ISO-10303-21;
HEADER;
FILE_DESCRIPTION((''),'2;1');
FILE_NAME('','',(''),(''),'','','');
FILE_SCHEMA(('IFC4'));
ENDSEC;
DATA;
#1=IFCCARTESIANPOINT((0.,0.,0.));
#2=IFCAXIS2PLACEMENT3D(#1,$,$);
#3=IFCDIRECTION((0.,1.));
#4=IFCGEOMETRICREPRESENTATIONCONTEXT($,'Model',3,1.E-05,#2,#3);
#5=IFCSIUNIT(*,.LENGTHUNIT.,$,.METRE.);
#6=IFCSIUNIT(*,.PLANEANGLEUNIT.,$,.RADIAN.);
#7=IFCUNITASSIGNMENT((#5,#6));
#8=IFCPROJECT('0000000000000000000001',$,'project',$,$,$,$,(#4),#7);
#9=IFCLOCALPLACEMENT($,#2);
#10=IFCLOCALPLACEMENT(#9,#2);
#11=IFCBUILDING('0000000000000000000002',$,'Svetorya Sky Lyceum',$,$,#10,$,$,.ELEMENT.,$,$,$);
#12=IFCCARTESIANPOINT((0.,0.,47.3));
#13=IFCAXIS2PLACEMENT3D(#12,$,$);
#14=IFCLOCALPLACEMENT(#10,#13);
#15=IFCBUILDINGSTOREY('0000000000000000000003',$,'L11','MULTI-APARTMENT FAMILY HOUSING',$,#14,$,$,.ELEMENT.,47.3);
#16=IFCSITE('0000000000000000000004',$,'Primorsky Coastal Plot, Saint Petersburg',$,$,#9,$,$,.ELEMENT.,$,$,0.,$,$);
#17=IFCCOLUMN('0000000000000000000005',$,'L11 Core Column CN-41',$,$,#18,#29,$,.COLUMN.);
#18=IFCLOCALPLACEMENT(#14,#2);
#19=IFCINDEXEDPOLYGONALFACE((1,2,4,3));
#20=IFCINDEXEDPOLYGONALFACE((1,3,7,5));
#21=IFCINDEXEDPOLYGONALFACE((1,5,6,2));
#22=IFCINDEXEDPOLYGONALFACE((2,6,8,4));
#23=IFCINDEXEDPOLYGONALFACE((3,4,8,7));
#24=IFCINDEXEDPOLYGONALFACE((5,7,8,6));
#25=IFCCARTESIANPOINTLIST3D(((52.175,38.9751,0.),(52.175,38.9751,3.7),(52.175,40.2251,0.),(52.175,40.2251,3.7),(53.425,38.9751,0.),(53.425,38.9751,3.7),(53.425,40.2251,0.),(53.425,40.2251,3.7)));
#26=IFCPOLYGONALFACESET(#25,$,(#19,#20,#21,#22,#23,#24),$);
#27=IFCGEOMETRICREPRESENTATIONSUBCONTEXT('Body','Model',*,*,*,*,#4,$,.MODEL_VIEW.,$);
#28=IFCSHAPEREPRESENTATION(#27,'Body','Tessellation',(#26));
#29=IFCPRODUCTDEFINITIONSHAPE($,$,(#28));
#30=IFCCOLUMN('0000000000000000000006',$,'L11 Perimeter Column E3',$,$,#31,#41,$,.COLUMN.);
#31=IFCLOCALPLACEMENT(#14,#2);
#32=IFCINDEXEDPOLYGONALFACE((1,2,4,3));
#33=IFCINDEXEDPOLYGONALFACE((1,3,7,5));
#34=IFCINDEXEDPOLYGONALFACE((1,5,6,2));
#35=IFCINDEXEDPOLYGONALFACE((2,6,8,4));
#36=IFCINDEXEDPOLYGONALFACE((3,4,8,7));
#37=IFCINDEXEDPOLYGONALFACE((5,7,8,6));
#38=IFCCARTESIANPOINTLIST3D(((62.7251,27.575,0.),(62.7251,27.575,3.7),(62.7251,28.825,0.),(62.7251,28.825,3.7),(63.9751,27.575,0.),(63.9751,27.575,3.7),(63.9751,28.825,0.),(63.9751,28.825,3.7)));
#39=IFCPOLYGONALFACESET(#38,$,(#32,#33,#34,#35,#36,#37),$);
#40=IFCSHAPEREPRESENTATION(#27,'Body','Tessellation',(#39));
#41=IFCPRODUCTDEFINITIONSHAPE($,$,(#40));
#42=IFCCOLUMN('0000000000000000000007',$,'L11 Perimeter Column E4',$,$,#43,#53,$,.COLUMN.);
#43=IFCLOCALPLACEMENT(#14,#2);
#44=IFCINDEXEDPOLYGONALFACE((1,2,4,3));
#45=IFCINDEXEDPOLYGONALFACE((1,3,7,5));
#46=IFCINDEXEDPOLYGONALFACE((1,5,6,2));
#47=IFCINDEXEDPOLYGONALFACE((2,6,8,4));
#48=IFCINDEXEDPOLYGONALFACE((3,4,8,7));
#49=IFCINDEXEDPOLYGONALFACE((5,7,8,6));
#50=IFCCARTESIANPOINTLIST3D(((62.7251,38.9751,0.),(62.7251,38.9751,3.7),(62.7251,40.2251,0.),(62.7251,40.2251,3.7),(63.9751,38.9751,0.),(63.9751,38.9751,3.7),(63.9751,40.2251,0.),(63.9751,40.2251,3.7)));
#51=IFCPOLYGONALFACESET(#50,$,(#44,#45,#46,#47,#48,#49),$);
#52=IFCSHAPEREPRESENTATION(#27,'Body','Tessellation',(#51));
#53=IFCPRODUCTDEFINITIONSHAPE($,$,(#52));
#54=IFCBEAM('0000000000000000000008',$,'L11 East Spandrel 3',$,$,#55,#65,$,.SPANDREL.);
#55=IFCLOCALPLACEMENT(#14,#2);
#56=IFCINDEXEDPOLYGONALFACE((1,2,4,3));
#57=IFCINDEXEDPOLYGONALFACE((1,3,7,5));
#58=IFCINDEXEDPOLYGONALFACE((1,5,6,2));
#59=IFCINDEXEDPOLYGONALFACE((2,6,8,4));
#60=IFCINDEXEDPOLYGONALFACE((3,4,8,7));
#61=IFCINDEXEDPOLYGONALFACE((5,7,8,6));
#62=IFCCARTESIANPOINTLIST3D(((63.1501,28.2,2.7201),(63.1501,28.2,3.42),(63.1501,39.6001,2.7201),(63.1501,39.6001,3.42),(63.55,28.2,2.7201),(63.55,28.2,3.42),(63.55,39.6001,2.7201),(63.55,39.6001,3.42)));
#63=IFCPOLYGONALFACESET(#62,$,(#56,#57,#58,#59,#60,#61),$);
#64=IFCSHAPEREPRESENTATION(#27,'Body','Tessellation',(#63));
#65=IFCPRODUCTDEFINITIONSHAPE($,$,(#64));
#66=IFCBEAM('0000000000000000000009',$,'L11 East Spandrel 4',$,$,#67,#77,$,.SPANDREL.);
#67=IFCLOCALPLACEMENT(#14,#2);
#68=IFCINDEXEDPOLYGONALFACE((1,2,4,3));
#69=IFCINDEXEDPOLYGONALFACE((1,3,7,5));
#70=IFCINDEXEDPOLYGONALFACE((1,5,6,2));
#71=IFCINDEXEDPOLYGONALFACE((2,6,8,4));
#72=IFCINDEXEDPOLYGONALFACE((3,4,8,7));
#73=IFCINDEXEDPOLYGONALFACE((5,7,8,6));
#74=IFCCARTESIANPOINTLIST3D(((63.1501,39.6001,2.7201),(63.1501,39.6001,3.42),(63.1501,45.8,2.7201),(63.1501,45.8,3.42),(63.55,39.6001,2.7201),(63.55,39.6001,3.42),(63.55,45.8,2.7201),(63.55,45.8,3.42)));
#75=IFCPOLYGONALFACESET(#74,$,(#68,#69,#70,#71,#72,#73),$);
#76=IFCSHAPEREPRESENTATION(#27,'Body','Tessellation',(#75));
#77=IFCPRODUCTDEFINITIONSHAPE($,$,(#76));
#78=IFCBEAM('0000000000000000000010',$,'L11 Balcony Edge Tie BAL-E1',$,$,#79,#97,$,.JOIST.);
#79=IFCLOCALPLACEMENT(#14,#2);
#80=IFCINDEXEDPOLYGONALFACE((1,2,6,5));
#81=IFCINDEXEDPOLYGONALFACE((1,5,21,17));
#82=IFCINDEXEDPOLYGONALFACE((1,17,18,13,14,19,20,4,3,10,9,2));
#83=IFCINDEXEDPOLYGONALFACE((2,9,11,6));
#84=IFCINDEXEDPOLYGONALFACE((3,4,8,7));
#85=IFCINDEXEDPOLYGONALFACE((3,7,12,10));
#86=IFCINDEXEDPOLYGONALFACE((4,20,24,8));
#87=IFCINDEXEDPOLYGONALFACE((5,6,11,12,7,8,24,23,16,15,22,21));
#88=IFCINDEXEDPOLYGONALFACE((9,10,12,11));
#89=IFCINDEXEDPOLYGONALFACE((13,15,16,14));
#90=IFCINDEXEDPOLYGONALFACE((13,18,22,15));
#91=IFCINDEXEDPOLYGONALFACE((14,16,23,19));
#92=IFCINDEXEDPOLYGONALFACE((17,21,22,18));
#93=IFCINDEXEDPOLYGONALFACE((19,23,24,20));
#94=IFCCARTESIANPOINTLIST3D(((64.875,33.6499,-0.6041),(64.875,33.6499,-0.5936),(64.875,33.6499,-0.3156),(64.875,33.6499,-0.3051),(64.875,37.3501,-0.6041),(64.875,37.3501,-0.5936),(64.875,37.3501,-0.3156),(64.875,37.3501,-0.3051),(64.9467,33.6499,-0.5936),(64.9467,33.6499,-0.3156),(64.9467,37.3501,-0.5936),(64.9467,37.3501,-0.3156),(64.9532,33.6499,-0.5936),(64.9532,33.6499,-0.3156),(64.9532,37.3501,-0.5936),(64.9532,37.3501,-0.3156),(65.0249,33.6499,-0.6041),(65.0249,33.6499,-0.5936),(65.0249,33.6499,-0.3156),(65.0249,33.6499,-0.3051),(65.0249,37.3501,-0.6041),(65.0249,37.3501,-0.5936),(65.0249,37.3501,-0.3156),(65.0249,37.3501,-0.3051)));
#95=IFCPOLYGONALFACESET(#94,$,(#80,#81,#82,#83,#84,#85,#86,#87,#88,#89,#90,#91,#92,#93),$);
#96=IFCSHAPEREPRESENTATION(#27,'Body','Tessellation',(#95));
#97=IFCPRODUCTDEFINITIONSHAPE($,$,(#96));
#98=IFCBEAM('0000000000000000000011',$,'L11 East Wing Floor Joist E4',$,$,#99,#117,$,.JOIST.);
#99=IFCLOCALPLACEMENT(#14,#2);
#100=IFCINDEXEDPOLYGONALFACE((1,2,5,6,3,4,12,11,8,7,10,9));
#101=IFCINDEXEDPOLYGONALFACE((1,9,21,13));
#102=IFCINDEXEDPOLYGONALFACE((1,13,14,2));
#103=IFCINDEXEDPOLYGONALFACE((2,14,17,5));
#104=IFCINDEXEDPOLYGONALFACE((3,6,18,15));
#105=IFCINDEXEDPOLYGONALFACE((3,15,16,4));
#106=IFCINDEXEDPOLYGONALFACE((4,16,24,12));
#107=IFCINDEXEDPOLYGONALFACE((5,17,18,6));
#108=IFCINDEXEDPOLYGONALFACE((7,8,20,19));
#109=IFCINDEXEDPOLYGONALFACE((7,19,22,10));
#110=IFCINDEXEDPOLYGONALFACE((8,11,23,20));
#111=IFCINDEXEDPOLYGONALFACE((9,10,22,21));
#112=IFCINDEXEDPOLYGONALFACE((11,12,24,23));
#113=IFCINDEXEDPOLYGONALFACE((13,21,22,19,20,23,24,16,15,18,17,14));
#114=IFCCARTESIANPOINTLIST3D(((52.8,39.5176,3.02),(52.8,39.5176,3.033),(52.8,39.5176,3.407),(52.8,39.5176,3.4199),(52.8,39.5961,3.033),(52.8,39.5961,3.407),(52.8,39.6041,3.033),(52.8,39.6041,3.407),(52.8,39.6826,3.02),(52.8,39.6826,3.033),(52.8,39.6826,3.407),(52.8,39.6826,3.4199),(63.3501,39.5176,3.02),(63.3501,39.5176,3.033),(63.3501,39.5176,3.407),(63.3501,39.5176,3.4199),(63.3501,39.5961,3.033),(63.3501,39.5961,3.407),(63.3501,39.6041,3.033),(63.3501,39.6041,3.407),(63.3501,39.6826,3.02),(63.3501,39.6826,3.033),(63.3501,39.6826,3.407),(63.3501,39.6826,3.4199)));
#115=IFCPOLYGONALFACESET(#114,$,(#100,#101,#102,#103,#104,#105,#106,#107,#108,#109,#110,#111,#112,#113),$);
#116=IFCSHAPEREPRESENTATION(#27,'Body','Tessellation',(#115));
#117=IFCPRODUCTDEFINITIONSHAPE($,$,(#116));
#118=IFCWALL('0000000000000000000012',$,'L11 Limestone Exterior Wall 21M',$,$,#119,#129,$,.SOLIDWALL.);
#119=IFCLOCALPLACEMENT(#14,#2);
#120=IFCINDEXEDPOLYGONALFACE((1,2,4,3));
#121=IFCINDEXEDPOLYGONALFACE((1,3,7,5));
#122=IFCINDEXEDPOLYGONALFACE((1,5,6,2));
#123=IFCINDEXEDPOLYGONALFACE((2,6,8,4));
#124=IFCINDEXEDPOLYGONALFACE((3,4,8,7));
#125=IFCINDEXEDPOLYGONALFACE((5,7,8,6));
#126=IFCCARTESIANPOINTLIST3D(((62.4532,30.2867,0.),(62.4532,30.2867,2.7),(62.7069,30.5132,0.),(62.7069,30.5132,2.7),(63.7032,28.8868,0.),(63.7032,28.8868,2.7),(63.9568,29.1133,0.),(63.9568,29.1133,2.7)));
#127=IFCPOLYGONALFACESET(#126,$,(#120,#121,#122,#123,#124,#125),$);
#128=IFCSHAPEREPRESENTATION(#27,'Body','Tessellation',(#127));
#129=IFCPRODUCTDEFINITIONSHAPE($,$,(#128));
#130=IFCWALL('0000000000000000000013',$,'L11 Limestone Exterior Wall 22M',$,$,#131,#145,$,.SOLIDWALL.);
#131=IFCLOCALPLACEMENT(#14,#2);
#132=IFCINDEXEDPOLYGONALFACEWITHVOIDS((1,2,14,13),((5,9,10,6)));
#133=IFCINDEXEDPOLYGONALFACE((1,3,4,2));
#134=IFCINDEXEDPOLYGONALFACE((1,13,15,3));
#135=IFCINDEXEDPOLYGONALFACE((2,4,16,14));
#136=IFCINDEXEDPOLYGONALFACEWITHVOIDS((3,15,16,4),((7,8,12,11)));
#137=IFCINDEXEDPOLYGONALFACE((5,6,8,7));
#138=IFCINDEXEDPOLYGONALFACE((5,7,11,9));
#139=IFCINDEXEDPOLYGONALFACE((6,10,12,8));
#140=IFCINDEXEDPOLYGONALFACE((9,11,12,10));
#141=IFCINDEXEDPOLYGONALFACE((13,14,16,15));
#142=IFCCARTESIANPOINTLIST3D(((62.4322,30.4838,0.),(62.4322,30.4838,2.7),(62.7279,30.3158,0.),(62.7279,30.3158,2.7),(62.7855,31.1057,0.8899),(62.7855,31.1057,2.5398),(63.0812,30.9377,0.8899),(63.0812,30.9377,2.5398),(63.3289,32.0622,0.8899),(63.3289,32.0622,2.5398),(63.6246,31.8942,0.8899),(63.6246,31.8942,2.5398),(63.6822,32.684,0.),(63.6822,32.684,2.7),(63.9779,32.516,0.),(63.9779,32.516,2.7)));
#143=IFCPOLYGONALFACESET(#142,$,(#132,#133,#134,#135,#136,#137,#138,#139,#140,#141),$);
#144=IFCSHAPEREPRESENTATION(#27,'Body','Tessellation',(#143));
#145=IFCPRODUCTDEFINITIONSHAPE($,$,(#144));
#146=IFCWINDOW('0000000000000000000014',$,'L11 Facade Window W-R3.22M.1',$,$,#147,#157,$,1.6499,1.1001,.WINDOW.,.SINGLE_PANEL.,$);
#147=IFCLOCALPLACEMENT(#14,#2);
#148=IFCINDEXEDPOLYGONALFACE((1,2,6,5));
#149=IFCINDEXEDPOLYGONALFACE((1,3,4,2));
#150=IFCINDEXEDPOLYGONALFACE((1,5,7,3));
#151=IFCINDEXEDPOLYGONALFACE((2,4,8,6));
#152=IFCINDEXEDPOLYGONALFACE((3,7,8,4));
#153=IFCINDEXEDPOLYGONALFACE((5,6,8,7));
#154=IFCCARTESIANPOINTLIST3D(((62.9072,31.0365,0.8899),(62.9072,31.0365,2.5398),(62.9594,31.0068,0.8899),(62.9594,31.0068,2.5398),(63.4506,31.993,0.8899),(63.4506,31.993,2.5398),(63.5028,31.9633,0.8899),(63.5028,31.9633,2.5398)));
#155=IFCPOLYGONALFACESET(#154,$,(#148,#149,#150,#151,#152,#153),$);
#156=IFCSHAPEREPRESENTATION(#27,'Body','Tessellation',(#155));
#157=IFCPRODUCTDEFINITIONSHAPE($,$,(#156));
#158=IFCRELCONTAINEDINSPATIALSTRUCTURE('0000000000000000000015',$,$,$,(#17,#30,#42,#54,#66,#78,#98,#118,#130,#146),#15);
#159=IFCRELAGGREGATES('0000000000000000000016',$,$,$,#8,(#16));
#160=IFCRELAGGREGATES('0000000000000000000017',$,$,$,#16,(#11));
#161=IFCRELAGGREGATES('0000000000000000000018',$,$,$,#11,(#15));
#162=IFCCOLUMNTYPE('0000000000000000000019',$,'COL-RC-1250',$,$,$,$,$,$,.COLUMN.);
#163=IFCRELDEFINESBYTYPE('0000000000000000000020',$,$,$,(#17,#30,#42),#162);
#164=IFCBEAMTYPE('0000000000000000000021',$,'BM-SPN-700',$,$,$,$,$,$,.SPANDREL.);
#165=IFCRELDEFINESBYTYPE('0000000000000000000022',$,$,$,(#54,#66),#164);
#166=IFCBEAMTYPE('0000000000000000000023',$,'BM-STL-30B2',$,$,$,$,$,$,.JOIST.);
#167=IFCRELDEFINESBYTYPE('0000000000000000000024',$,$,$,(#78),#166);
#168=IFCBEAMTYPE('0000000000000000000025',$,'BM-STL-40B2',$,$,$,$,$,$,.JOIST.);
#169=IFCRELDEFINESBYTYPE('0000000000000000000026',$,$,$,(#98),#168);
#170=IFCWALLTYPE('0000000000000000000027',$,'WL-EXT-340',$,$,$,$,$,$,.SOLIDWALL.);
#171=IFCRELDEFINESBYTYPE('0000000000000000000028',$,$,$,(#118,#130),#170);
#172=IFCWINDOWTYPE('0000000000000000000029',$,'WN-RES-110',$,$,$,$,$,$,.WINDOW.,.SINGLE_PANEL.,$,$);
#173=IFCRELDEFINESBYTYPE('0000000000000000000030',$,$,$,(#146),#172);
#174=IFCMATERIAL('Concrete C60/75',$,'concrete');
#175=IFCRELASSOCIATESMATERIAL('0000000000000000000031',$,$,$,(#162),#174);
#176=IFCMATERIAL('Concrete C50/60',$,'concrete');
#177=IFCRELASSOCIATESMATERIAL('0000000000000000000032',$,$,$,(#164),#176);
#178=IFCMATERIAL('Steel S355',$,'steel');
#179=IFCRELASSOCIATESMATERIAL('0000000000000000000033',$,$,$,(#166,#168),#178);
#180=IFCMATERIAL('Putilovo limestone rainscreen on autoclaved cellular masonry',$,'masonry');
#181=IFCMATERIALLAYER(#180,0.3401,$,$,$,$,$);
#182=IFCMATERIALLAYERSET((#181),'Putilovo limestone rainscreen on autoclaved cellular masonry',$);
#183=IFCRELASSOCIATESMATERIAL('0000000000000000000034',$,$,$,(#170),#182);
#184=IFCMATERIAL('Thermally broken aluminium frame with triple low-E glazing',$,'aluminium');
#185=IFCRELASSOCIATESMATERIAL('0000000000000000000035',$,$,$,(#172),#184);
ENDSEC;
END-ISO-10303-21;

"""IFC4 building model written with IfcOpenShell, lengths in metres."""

from ifc_helpers import new_model, si_unit, direction, frame, frame_2d, origin, origin_2d, place, context, subcontext, project, spatial, rectangle, i_section, extrude, material, layer, layer_set, material_profile, profile_set, type_object, element, fill, save


model = new_model("IFC4")

# Units and contexts
model_context = context("Model", 3, precision=1e-05, world=origin(), true_north=direction((0.0, 1.0)))
body_context = subcontext(model_context, "Body", "Model", "MODEL_VIEW")
ifc_project = project(units=[si_unit("LENGTHUNIT", "METRE"), si_unit("PLANEANGLEUNIT", "RADIAN")], contexts=[model_context])

# Site, building, storey
site_placement = place(None, origin())
site = spatial("IfcSite", under=ifc_project, at=site_placement, Name="Primorsky Coastal Plot, Saint Petersburg", CompositionType="ELEMENT", RefElevation=0.0)
building_placement = place(site_placement, origin())
building = spatial("IfcBuilding", under=site, at=building_placement, Name="Svetorya Sky Lyceum", CompositionType="ELEMENT")
storey_placement = place(building_placement, frame((0.0, 0.0, 47.3)))
storey = spatial("IfcBuildingStorey", under=building, at=storey_placement, Name="L11", Description="MULTI-APARTMENT FAMILY HOUSING", CompositionType="ELEMENT", Elevation=47.3)

# Columns
ifc_material_1 = material(Name="Concrete C60/75", Category="concrete")
ifc_material_profile_1 = material_profile(ifc_material_1, rectangle(XDim=1.25, YDim=1.25, at=origin_2d()), Name="RC COL 1250x1250")
ifc_profile_set_1 = profile_set([ifc_material_profile_1], Name="Concrete C60/75")
column_type = type_object("IfcColumnType", Name="COL-RC-1250", PredefinedType="COLUMN", material=ifc_profile_set_1)
for number, where, z_axis, x_axis, name in (
    (1, (52.8, 39.6001, 0.0), (0.0, 0.0, 1.0), (1.0, 0.0, 0.0), "L11 Core Column CN-41"),
    (2, (63.3501, 28.2, 0.0), (0.0, 0.0, 1.0), (1.0, 0.0, 0.0), "L11 Perimeter Column E3"),
    (3, (63.3501, 39.6001, 0.0), (0.0, 0.0, 1.0), (1.0, 0.0, 0.0), "L11 Perimeter Column E4"),
):
    element("IfcColumn", number, at=place(storey_placement, frame(where, z_axis=z_axis, x_axis=x_axis)), inside=storey, type_object=column_type, Name=name, PredefinedType="COLUMN", context=body_context, shape_type="SweptSolid", body=[
        extrude(rectangle(XDim=1.25, YDim=1.25, at=origin_2d()), origin(), (0.0, 0.0, 1.0), 3.7),
    ])

# Beams
ifc_material_2 = material(Name="Concrete C50/60", Category="concrete")
ifc_material_profile_2 = material_profile(ifc_material_2, rectangle(XDim=0.3999, YDim=0.7, at=origin_2d()), Name="RC SPANDREL 400x700")
ifc_profile_set_2 = profile_set([ifc_material_profile_2], Name="Concrete C50/60")
beam_type_1 = type_object("IfcBeamType", Name="BM-SPN-700", PredefinedType="SPANDREL", material=ifc_profile_set_2)
beam_1_placement = place(storey_placement, frame((63.3501, 28.2, 3.0701), z_axis=(0.0, 1.0, 0.0), x_axis=(-1.0, 0.0, 0.0)))
element("IfcBeam", 4, at=beam_1_placement, inside=storey, type_object=beam_type_1, Name="L11 East Spandrel 3", PredefinedType="SPANDREL", context=body_context, shape_type="SweptSolid", body=[
    extrude(rectangle(XDim=0.3999, YDim=0.7, at=origin_2d()), origin(), (0.0, 0.0, 1.0), 11.4001),
])
beam_2_placement = place(storey_placement, frame((63.3501, 39.6001, 3.0701), z_axis=(0.0, 1.0, 0.0), x_axis=(-1.0, 0.0, 0.0)))
element("IfcBeam", 5, at=beam_2_placement, inside=storey, type_object=beam_type_1, Name="L11 East Spandrel 4", PredefinedType="SPANDREL", context=body_context, shape_type="SweptSolid", body=[
    extrude(rectangle(XDim=0.3999, YDim=0.7, at=origin_2d()), origin(), (0.0, 0.0, 1.0), 6.2),
])
ifc_material_3 = material(Name="Steel S355", Category="steel")
ifc_material_profile_3 = material_profile(ifc_material_3, i_section(OverallWidth=0.1499, OverallDepth=0.2991, WebThickness=0.0066, FlangeThickness=0.0105, at=origin_2d()), Name="GOST 30B2")
ifc_profile_set_3 = profile_set([ifc_material_profile_3], Name="Steel S355")
beam_type_2 = type_object("IfcBeamType", Name="BM-STL-30B2", PredefinedType="JOIST", material=ifc_profile_set_3)
beam_3_placement = place(storey_placement, frame((64.95, 33.6499, -0.4546), z_axis=(0.0, 1.0, 0.0), x_axis=(-1.0, 0.0, 0.0)))
element("IfcBeam", 6, at=beam_3_placement, inside=storey, type_object=beam_type_2, Name="L11 Balcony Edge Tie BAL-E1", PredefinedType="JOIST", context=body_context, shape_type="SweptSolid", body=[
    extrude(i_section(OverallWidth=0.1499, OverallDepth=0.2991, WebThickness=0.0066, FlangeThickness=0.0105, at=origin_2d()), origin(), (0.0, 0.0, 1.0), 3.7002),
])
ifc_material_profile_4 = material_profile(ifc_material_3, i_section(OverallWidth=0.165, OverallDepth=0.3999, WebThickness=0.0081, FlangeThickness=0.0129, at=origin_2d()), Name="GOST 40B2")
ifc_profile_set_4 = profile_set([ifc_material_profile_4], Name="Steel S355")
beam_type_3 = type_object("IfcBeamType", Name="BM-STL-40B2", PredefinedType="JOIST", material=ifc_profile_set_4)
beam_4_placement = place(storey_placement, frame((52.8, 39.6001, 3.22), z_axis=(1.0, 0.0, 0.0), x_axis=(0.0, 1.0, 0.0)))
element("IfcBeam", 7, at=beam_4_placement, inside=storey, type_object=beam_type_3, Name="L11 East Wing Floor Joist E4", PredefinedType="JOIST", context=body_context, shape_type="SweptSolid", body=[
    extrude(i_section(OverallWidth=0.165, OverallDepth=0.3999, WebThickness=0.0081, FlangeThickness=0.0129, at=origin_2d()), origin(), (0.0, 0.0, 1.0), 10.55),
])

# Wall
ifc_material_4 = material(Name="Putilovo limestone rainscreen on autoclaved cellular masonry", Category="masonry")
ifc_layer_1 = layer(ifc_material_4, 0.3401)
ifc_layer_set_1 = layer_set([ifc_layer_1], Name="Putilovo limestone rainscreen on autoclaved cellular masonry")
wall_type_1 = type_object("IfcWallType", Name="WL-EXT-340", PredefinedType="SOLIDWALL", material=ifc_layer_set_1)
wall_1_placement = place(storey_placement, frame((63.8301, 29.0, 0.0), z_axis=(0.0, 0.0, 1.0), x_axis=(-0.666042, 0.745915, 0.0)))
element("IfcWall", 8, at=wall_1_placement, inside=storey, type_object=wall_type_1, Name="L11 Limestone Exterior Wall 21M", PredefinedType="SOLIDWALL", context=body_context, shape_type="SweptSolid", body=[
    extrude(rectangle(XDim=1.8767, YDim=0.3401, at=frame_2d((0.9385, 0.0))), origin(), (0.0, 0.0, 1.0), 2.7),
])

# Wall, opening, window
wall_2_placement = place(storey_placement, frame((62.5801, 30.3999, 0.0), z_axis=(0.0, 0.0, 1.0), x_axis=(0.493976, 0.869475, 0.0)))
wall_2 = element("IfcWall", 9, at=wall_2_placement, inside=storey, type_object=wall_type_1, Name="L11 Limestone Exterior Wall 22M", PredefinedType="SOLIDWALL", context=body_context, shape_type="SweptSolid", body=[
    extrude(rectangle(XDim=2.5305, YDim=0.3401, at=frame_2d((1.2651, 0.0))), origin(), (0.0, 0.0, 1.0), 2.7),
])
opening_1_placement = place(wall_2_placement, frame((0.7151, 0.0, 0.8899)))
opening_1 = element("IfcOpeningElement", 10, at=opening_1_placement, cuts=wall_2, PredefinedType="OPENING", context=body_context, shape_type="SweptSolid", body=[
    extrude(rectangle(XDim=1.1001, YDim=1.6499, at=frame_2d((0.55, 0.825))), frame((0.0, 0.1799, 0.0), z_axis=(0.0, -1.0, 0.0), x_axis=(1.0, 0.0, 0.0)), (0.0, 0.0, 1.0), 0.3601),
])
ifc_material_5 = material(Name="Thermally broken aluminium frame with triple low-E glazing", Category="aluminium")
window_type = type_object("IfcWindowType", Name="WN-RES-110", PartitioningType="SINGLE_PANEL", PredefinedType="WINDOW", material=ifc_material_5)
window_1_placement = place(opening_1_placement, origin())
window_1 = element("IfcWindow", 11, at=window_1_placement, inside=storey, type_object=window_type, Name="L11 Facade Window W-R3.22M.1", OverallHeight=1.6499, OverallWidth=1.1001, PartitioningType="SINGLE_PANEL", PredefinedType="WINDOW", context=body_context, shape_type="SweptSolid", body=[
    extrude(rectangle(XDim=1.1001, YDim=1.6499, at=frame_2d((0.55, 0.825))), frame((0.0, 0.03, 0.0), z_axis=(0.0, -1.0, 0.0), x_axis=(1.0, 0.0, 0.0)), (0.0, 0.0, 1.0), 0.0601),
])
fill(opening_1, window_1)

save(model, "model.ifc")
